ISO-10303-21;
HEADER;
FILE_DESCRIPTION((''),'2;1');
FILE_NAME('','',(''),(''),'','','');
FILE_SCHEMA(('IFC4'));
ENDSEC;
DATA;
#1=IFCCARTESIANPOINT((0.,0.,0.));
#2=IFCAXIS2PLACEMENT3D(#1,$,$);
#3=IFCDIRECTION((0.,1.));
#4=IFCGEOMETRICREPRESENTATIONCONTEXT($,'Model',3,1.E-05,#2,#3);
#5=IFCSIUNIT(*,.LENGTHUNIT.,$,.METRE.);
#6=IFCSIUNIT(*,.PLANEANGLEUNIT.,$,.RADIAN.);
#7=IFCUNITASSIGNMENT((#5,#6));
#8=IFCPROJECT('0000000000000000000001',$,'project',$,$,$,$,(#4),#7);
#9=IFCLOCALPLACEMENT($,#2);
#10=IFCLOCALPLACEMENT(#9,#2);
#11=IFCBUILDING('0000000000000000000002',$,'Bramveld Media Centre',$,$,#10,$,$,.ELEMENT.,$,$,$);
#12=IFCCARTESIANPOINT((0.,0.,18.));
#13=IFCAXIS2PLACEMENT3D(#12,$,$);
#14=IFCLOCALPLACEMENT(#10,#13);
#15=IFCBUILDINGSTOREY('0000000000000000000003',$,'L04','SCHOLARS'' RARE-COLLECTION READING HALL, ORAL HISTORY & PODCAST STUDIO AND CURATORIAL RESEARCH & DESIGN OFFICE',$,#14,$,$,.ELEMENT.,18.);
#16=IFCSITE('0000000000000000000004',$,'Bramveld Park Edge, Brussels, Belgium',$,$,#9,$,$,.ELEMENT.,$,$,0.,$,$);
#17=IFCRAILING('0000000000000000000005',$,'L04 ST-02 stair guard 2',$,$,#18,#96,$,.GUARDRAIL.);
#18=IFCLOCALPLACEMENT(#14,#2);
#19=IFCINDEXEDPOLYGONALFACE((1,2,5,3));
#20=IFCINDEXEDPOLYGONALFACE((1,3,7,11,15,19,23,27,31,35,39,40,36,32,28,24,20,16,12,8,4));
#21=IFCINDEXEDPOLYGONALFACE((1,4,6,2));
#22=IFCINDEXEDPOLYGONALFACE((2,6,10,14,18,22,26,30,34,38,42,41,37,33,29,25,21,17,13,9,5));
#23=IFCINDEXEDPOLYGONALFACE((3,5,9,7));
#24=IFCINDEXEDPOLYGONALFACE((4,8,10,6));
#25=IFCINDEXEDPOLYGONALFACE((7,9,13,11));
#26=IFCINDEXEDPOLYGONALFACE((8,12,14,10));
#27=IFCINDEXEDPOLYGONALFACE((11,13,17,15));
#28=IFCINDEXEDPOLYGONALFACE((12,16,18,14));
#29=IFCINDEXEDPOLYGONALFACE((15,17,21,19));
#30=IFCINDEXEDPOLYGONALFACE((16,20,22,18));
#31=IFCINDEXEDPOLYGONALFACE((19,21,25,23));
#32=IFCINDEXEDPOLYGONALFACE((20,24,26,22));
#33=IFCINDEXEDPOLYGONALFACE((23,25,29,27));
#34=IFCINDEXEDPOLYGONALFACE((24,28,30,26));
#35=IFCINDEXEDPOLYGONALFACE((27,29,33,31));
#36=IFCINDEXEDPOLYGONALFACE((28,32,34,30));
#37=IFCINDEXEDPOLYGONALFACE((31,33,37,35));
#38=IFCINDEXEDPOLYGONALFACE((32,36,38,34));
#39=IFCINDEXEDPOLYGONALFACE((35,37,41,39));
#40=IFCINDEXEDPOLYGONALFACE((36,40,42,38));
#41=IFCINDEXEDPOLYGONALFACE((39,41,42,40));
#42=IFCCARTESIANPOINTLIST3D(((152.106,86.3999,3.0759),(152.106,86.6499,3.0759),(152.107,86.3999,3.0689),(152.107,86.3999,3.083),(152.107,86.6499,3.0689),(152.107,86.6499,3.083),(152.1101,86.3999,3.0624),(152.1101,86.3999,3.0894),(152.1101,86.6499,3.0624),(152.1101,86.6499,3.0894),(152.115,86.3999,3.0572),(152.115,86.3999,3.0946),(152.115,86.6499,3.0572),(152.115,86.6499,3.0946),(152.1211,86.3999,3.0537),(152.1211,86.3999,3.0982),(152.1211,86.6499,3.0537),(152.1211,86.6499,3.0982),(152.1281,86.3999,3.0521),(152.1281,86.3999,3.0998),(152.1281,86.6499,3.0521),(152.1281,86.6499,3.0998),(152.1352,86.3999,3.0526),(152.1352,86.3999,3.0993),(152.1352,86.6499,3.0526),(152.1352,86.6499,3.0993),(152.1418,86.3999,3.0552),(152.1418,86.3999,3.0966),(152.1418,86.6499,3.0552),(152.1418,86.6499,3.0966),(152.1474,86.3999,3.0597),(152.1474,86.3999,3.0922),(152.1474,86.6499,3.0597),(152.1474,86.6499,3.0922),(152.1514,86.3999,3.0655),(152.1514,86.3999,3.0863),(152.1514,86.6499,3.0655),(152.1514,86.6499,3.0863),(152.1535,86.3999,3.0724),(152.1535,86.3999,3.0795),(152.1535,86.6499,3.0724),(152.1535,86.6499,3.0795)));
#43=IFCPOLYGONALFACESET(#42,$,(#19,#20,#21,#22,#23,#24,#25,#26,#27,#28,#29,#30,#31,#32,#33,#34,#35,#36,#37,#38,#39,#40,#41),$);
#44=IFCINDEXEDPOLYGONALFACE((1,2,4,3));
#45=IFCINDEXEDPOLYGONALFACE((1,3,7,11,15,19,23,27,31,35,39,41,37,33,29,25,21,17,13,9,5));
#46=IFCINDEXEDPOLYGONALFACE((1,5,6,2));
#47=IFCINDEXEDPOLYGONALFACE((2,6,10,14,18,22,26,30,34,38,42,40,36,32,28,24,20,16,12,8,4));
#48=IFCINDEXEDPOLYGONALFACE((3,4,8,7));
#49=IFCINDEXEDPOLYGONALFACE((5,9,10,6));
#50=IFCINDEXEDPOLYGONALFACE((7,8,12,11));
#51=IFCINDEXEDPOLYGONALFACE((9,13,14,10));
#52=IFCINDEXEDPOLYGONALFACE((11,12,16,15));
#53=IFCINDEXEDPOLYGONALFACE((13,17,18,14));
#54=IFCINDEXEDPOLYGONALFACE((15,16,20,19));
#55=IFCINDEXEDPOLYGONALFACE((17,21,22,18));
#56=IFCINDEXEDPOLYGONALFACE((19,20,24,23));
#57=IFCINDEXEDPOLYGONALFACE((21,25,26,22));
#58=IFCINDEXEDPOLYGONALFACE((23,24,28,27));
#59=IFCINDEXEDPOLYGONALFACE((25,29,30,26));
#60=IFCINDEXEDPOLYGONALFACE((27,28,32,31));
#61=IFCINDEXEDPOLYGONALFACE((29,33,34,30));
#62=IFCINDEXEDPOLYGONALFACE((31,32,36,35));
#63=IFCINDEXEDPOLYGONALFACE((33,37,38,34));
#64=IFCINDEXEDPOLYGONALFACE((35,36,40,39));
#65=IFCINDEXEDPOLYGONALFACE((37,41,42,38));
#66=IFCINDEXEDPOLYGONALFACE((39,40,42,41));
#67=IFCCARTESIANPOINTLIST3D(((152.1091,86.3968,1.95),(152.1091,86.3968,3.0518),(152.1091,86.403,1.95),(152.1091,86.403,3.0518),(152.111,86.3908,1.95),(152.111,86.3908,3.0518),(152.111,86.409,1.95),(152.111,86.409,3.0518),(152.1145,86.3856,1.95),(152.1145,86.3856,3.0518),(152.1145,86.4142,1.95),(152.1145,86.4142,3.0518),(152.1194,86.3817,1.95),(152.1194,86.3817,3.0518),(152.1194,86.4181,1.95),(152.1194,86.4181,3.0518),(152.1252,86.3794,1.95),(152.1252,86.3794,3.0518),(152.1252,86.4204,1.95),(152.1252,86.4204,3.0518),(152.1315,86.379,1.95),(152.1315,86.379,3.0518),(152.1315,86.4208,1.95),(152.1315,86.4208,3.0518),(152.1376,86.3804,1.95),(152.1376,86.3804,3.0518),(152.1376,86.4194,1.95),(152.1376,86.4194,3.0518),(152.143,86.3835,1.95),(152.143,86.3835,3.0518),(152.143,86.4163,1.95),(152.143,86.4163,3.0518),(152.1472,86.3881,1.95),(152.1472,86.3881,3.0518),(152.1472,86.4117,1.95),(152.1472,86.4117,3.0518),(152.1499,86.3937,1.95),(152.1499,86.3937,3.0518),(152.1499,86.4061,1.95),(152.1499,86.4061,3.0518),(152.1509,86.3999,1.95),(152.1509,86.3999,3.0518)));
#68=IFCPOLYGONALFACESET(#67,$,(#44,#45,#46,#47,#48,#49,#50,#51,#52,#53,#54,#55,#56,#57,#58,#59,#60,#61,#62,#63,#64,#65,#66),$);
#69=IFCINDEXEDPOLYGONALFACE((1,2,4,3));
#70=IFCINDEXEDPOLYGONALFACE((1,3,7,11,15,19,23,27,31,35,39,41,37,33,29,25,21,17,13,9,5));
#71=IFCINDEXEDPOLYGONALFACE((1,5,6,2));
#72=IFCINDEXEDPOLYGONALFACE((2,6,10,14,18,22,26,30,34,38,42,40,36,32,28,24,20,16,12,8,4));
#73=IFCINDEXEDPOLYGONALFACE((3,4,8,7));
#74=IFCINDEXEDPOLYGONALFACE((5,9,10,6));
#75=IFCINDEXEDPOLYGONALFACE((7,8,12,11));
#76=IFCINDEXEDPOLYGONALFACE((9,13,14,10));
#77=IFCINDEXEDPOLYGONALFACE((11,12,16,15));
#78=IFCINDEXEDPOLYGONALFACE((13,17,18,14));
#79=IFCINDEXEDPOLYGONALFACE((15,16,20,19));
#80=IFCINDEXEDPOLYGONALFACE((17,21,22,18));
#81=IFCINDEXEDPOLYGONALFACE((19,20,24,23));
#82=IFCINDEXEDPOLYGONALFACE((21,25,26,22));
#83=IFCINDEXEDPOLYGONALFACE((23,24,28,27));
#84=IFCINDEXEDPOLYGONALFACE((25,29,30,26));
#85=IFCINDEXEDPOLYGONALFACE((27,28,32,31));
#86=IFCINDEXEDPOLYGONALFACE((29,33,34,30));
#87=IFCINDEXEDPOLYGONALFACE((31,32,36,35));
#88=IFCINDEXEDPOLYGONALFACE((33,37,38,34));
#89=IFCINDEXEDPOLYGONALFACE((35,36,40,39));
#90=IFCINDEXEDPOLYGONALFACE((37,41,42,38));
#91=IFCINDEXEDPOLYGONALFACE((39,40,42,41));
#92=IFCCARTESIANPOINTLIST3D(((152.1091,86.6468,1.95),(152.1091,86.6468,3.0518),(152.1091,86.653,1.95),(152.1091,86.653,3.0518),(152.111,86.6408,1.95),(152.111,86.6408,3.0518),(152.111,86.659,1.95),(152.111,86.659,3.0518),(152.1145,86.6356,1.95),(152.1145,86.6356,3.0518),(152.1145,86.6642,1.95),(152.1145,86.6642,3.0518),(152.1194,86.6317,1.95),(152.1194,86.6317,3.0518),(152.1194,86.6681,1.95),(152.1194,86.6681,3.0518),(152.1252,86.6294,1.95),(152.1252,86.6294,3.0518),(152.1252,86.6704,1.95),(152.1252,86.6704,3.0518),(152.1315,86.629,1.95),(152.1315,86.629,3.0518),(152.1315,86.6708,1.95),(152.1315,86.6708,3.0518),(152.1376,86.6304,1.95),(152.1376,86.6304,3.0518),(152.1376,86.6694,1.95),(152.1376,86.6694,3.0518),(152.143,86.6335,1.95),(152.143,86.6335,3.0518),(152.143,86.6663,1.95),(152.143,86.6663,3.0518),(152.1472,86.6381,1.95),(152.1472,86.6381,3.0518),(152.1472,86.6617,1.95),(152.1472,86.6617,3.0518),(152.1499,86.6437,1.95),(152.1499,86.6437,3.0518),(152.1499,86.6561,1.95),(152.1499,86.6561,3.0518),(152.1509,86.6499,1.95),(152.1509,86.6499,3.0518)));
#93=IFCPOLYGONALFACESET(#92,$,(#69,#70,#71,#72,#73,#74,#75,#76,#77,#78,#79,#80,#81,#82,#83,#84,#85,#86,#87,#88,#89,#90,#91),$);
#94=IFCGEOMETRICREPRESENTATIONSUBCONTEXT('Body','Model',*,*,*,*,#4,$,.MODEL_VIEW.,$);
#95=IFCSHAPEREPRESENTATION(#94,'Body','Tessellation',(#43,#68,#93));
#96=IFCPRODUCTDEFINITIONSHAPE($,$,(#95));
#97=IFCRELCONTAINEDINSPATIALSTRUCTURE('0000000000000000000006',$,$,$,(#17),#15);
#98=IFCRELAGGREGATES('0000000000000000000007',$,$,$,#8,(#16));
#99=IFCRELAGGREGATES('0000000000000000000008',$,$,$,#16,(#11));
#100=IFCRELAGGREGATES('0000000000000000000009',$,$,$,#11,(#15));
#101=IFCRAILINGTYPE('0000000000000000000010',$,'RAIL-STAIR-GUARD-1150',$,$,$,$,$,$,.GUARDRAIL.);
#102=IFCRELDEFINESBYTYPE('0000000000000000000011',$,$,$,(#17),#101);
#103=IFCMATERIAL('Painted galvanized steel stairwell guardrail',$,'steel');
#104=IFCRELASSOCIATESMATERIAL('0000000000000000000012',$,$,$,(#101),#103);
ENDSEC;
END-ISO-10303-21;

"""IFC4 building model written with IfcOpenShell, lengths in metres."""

from ifc_helpers import new_model, si_unit, direction, frame, origin, origin_2d, place, context, subcontext, project, spatial, circle, extrude, material, type_object, element, save


model = new_model("IFC4")

# Units and contexts
model_context = context("Model", 3, precision=1e-05, world=origin(), true_north=direction((0.0, 1.0)))
body_context = subcontext(model_context, "Body", "Model", "MODEL_VIEW")
ifc_project = project(units=[si_unit("LENGTHUNIT", "METRE"), si_unit("PLANEANGLEUNIT", "RADIAN")], contexts=[model_context])

# Site, building, storey
site_placement = place(None, origin())
site = spatial("IfcSite", under=ifc_project, at=site_placement, Name="Bramveld Park Edge, Brussels, Belgium", CompositionType="ELEMENT", RefElevation=0.0)
building_placement = place(site_placement, origin())
building = spatial("IfcBuilding", under=site, at=building_placement, Name="Bramveld Media Centre", CompositionType="ELEMENT")
storey_placement = place(building_placement, frame((0.0, 0.0, 18.0)))
storey = spatial("IfcBuildingStorey", under=building, at=storey_placement, Name="L04", Description="SCHOLARS' RARE-COLLECTION READING HALL, ORAL HISTORY & PODCAST STUDIO AND CURATORIAL RESEARCH & DESIGN OFFICE", CompositionType="ELEMENT", Elevation=18.0)

# Railing
ifc_material_1 = material(Name="Painted galvanized steel stairwell guardrail", Category="steel")
railing_type_1 = type_object("IfcRailingType", Name="RAIL-STAIR-GUARD-1150", PredefinedType="GUARDRAIL", material=ifc_material_1)
railing_1_placement = place(storey_placement, frame((152.1299, 86.3999, 1.95)))
element("IfcRailing", 1, at=railing_1_placement, inside=storey, type_object=railing_type_1, Name="L04 ST-02 stair guard 2", PredefinedType="GUARDRAIL", context=body_context, shape_type="SweptSolid", body=[
    extrude(circle(Radius=0.0239, at=origin_2d()), frame((0.0, 0.0, 1.126), z_axis=(0.0, 1.0, 0.0), x_axis=(-1.0, 0.0, 0.0)), (0.0, 0.0, 1.0), 0.25),
    extrude(circle(Radius=0.021, at=origin_2d()), origin(), (0.0, 0.0, 1.0), 1.1018),
    extrude(circle(Radius=0.021, at=origin_2d()), frame((0.0, 0.25, 0.0)), (0.0, 0.0, 1.0), 1.1018),
])

save(model, "model.ifc")
